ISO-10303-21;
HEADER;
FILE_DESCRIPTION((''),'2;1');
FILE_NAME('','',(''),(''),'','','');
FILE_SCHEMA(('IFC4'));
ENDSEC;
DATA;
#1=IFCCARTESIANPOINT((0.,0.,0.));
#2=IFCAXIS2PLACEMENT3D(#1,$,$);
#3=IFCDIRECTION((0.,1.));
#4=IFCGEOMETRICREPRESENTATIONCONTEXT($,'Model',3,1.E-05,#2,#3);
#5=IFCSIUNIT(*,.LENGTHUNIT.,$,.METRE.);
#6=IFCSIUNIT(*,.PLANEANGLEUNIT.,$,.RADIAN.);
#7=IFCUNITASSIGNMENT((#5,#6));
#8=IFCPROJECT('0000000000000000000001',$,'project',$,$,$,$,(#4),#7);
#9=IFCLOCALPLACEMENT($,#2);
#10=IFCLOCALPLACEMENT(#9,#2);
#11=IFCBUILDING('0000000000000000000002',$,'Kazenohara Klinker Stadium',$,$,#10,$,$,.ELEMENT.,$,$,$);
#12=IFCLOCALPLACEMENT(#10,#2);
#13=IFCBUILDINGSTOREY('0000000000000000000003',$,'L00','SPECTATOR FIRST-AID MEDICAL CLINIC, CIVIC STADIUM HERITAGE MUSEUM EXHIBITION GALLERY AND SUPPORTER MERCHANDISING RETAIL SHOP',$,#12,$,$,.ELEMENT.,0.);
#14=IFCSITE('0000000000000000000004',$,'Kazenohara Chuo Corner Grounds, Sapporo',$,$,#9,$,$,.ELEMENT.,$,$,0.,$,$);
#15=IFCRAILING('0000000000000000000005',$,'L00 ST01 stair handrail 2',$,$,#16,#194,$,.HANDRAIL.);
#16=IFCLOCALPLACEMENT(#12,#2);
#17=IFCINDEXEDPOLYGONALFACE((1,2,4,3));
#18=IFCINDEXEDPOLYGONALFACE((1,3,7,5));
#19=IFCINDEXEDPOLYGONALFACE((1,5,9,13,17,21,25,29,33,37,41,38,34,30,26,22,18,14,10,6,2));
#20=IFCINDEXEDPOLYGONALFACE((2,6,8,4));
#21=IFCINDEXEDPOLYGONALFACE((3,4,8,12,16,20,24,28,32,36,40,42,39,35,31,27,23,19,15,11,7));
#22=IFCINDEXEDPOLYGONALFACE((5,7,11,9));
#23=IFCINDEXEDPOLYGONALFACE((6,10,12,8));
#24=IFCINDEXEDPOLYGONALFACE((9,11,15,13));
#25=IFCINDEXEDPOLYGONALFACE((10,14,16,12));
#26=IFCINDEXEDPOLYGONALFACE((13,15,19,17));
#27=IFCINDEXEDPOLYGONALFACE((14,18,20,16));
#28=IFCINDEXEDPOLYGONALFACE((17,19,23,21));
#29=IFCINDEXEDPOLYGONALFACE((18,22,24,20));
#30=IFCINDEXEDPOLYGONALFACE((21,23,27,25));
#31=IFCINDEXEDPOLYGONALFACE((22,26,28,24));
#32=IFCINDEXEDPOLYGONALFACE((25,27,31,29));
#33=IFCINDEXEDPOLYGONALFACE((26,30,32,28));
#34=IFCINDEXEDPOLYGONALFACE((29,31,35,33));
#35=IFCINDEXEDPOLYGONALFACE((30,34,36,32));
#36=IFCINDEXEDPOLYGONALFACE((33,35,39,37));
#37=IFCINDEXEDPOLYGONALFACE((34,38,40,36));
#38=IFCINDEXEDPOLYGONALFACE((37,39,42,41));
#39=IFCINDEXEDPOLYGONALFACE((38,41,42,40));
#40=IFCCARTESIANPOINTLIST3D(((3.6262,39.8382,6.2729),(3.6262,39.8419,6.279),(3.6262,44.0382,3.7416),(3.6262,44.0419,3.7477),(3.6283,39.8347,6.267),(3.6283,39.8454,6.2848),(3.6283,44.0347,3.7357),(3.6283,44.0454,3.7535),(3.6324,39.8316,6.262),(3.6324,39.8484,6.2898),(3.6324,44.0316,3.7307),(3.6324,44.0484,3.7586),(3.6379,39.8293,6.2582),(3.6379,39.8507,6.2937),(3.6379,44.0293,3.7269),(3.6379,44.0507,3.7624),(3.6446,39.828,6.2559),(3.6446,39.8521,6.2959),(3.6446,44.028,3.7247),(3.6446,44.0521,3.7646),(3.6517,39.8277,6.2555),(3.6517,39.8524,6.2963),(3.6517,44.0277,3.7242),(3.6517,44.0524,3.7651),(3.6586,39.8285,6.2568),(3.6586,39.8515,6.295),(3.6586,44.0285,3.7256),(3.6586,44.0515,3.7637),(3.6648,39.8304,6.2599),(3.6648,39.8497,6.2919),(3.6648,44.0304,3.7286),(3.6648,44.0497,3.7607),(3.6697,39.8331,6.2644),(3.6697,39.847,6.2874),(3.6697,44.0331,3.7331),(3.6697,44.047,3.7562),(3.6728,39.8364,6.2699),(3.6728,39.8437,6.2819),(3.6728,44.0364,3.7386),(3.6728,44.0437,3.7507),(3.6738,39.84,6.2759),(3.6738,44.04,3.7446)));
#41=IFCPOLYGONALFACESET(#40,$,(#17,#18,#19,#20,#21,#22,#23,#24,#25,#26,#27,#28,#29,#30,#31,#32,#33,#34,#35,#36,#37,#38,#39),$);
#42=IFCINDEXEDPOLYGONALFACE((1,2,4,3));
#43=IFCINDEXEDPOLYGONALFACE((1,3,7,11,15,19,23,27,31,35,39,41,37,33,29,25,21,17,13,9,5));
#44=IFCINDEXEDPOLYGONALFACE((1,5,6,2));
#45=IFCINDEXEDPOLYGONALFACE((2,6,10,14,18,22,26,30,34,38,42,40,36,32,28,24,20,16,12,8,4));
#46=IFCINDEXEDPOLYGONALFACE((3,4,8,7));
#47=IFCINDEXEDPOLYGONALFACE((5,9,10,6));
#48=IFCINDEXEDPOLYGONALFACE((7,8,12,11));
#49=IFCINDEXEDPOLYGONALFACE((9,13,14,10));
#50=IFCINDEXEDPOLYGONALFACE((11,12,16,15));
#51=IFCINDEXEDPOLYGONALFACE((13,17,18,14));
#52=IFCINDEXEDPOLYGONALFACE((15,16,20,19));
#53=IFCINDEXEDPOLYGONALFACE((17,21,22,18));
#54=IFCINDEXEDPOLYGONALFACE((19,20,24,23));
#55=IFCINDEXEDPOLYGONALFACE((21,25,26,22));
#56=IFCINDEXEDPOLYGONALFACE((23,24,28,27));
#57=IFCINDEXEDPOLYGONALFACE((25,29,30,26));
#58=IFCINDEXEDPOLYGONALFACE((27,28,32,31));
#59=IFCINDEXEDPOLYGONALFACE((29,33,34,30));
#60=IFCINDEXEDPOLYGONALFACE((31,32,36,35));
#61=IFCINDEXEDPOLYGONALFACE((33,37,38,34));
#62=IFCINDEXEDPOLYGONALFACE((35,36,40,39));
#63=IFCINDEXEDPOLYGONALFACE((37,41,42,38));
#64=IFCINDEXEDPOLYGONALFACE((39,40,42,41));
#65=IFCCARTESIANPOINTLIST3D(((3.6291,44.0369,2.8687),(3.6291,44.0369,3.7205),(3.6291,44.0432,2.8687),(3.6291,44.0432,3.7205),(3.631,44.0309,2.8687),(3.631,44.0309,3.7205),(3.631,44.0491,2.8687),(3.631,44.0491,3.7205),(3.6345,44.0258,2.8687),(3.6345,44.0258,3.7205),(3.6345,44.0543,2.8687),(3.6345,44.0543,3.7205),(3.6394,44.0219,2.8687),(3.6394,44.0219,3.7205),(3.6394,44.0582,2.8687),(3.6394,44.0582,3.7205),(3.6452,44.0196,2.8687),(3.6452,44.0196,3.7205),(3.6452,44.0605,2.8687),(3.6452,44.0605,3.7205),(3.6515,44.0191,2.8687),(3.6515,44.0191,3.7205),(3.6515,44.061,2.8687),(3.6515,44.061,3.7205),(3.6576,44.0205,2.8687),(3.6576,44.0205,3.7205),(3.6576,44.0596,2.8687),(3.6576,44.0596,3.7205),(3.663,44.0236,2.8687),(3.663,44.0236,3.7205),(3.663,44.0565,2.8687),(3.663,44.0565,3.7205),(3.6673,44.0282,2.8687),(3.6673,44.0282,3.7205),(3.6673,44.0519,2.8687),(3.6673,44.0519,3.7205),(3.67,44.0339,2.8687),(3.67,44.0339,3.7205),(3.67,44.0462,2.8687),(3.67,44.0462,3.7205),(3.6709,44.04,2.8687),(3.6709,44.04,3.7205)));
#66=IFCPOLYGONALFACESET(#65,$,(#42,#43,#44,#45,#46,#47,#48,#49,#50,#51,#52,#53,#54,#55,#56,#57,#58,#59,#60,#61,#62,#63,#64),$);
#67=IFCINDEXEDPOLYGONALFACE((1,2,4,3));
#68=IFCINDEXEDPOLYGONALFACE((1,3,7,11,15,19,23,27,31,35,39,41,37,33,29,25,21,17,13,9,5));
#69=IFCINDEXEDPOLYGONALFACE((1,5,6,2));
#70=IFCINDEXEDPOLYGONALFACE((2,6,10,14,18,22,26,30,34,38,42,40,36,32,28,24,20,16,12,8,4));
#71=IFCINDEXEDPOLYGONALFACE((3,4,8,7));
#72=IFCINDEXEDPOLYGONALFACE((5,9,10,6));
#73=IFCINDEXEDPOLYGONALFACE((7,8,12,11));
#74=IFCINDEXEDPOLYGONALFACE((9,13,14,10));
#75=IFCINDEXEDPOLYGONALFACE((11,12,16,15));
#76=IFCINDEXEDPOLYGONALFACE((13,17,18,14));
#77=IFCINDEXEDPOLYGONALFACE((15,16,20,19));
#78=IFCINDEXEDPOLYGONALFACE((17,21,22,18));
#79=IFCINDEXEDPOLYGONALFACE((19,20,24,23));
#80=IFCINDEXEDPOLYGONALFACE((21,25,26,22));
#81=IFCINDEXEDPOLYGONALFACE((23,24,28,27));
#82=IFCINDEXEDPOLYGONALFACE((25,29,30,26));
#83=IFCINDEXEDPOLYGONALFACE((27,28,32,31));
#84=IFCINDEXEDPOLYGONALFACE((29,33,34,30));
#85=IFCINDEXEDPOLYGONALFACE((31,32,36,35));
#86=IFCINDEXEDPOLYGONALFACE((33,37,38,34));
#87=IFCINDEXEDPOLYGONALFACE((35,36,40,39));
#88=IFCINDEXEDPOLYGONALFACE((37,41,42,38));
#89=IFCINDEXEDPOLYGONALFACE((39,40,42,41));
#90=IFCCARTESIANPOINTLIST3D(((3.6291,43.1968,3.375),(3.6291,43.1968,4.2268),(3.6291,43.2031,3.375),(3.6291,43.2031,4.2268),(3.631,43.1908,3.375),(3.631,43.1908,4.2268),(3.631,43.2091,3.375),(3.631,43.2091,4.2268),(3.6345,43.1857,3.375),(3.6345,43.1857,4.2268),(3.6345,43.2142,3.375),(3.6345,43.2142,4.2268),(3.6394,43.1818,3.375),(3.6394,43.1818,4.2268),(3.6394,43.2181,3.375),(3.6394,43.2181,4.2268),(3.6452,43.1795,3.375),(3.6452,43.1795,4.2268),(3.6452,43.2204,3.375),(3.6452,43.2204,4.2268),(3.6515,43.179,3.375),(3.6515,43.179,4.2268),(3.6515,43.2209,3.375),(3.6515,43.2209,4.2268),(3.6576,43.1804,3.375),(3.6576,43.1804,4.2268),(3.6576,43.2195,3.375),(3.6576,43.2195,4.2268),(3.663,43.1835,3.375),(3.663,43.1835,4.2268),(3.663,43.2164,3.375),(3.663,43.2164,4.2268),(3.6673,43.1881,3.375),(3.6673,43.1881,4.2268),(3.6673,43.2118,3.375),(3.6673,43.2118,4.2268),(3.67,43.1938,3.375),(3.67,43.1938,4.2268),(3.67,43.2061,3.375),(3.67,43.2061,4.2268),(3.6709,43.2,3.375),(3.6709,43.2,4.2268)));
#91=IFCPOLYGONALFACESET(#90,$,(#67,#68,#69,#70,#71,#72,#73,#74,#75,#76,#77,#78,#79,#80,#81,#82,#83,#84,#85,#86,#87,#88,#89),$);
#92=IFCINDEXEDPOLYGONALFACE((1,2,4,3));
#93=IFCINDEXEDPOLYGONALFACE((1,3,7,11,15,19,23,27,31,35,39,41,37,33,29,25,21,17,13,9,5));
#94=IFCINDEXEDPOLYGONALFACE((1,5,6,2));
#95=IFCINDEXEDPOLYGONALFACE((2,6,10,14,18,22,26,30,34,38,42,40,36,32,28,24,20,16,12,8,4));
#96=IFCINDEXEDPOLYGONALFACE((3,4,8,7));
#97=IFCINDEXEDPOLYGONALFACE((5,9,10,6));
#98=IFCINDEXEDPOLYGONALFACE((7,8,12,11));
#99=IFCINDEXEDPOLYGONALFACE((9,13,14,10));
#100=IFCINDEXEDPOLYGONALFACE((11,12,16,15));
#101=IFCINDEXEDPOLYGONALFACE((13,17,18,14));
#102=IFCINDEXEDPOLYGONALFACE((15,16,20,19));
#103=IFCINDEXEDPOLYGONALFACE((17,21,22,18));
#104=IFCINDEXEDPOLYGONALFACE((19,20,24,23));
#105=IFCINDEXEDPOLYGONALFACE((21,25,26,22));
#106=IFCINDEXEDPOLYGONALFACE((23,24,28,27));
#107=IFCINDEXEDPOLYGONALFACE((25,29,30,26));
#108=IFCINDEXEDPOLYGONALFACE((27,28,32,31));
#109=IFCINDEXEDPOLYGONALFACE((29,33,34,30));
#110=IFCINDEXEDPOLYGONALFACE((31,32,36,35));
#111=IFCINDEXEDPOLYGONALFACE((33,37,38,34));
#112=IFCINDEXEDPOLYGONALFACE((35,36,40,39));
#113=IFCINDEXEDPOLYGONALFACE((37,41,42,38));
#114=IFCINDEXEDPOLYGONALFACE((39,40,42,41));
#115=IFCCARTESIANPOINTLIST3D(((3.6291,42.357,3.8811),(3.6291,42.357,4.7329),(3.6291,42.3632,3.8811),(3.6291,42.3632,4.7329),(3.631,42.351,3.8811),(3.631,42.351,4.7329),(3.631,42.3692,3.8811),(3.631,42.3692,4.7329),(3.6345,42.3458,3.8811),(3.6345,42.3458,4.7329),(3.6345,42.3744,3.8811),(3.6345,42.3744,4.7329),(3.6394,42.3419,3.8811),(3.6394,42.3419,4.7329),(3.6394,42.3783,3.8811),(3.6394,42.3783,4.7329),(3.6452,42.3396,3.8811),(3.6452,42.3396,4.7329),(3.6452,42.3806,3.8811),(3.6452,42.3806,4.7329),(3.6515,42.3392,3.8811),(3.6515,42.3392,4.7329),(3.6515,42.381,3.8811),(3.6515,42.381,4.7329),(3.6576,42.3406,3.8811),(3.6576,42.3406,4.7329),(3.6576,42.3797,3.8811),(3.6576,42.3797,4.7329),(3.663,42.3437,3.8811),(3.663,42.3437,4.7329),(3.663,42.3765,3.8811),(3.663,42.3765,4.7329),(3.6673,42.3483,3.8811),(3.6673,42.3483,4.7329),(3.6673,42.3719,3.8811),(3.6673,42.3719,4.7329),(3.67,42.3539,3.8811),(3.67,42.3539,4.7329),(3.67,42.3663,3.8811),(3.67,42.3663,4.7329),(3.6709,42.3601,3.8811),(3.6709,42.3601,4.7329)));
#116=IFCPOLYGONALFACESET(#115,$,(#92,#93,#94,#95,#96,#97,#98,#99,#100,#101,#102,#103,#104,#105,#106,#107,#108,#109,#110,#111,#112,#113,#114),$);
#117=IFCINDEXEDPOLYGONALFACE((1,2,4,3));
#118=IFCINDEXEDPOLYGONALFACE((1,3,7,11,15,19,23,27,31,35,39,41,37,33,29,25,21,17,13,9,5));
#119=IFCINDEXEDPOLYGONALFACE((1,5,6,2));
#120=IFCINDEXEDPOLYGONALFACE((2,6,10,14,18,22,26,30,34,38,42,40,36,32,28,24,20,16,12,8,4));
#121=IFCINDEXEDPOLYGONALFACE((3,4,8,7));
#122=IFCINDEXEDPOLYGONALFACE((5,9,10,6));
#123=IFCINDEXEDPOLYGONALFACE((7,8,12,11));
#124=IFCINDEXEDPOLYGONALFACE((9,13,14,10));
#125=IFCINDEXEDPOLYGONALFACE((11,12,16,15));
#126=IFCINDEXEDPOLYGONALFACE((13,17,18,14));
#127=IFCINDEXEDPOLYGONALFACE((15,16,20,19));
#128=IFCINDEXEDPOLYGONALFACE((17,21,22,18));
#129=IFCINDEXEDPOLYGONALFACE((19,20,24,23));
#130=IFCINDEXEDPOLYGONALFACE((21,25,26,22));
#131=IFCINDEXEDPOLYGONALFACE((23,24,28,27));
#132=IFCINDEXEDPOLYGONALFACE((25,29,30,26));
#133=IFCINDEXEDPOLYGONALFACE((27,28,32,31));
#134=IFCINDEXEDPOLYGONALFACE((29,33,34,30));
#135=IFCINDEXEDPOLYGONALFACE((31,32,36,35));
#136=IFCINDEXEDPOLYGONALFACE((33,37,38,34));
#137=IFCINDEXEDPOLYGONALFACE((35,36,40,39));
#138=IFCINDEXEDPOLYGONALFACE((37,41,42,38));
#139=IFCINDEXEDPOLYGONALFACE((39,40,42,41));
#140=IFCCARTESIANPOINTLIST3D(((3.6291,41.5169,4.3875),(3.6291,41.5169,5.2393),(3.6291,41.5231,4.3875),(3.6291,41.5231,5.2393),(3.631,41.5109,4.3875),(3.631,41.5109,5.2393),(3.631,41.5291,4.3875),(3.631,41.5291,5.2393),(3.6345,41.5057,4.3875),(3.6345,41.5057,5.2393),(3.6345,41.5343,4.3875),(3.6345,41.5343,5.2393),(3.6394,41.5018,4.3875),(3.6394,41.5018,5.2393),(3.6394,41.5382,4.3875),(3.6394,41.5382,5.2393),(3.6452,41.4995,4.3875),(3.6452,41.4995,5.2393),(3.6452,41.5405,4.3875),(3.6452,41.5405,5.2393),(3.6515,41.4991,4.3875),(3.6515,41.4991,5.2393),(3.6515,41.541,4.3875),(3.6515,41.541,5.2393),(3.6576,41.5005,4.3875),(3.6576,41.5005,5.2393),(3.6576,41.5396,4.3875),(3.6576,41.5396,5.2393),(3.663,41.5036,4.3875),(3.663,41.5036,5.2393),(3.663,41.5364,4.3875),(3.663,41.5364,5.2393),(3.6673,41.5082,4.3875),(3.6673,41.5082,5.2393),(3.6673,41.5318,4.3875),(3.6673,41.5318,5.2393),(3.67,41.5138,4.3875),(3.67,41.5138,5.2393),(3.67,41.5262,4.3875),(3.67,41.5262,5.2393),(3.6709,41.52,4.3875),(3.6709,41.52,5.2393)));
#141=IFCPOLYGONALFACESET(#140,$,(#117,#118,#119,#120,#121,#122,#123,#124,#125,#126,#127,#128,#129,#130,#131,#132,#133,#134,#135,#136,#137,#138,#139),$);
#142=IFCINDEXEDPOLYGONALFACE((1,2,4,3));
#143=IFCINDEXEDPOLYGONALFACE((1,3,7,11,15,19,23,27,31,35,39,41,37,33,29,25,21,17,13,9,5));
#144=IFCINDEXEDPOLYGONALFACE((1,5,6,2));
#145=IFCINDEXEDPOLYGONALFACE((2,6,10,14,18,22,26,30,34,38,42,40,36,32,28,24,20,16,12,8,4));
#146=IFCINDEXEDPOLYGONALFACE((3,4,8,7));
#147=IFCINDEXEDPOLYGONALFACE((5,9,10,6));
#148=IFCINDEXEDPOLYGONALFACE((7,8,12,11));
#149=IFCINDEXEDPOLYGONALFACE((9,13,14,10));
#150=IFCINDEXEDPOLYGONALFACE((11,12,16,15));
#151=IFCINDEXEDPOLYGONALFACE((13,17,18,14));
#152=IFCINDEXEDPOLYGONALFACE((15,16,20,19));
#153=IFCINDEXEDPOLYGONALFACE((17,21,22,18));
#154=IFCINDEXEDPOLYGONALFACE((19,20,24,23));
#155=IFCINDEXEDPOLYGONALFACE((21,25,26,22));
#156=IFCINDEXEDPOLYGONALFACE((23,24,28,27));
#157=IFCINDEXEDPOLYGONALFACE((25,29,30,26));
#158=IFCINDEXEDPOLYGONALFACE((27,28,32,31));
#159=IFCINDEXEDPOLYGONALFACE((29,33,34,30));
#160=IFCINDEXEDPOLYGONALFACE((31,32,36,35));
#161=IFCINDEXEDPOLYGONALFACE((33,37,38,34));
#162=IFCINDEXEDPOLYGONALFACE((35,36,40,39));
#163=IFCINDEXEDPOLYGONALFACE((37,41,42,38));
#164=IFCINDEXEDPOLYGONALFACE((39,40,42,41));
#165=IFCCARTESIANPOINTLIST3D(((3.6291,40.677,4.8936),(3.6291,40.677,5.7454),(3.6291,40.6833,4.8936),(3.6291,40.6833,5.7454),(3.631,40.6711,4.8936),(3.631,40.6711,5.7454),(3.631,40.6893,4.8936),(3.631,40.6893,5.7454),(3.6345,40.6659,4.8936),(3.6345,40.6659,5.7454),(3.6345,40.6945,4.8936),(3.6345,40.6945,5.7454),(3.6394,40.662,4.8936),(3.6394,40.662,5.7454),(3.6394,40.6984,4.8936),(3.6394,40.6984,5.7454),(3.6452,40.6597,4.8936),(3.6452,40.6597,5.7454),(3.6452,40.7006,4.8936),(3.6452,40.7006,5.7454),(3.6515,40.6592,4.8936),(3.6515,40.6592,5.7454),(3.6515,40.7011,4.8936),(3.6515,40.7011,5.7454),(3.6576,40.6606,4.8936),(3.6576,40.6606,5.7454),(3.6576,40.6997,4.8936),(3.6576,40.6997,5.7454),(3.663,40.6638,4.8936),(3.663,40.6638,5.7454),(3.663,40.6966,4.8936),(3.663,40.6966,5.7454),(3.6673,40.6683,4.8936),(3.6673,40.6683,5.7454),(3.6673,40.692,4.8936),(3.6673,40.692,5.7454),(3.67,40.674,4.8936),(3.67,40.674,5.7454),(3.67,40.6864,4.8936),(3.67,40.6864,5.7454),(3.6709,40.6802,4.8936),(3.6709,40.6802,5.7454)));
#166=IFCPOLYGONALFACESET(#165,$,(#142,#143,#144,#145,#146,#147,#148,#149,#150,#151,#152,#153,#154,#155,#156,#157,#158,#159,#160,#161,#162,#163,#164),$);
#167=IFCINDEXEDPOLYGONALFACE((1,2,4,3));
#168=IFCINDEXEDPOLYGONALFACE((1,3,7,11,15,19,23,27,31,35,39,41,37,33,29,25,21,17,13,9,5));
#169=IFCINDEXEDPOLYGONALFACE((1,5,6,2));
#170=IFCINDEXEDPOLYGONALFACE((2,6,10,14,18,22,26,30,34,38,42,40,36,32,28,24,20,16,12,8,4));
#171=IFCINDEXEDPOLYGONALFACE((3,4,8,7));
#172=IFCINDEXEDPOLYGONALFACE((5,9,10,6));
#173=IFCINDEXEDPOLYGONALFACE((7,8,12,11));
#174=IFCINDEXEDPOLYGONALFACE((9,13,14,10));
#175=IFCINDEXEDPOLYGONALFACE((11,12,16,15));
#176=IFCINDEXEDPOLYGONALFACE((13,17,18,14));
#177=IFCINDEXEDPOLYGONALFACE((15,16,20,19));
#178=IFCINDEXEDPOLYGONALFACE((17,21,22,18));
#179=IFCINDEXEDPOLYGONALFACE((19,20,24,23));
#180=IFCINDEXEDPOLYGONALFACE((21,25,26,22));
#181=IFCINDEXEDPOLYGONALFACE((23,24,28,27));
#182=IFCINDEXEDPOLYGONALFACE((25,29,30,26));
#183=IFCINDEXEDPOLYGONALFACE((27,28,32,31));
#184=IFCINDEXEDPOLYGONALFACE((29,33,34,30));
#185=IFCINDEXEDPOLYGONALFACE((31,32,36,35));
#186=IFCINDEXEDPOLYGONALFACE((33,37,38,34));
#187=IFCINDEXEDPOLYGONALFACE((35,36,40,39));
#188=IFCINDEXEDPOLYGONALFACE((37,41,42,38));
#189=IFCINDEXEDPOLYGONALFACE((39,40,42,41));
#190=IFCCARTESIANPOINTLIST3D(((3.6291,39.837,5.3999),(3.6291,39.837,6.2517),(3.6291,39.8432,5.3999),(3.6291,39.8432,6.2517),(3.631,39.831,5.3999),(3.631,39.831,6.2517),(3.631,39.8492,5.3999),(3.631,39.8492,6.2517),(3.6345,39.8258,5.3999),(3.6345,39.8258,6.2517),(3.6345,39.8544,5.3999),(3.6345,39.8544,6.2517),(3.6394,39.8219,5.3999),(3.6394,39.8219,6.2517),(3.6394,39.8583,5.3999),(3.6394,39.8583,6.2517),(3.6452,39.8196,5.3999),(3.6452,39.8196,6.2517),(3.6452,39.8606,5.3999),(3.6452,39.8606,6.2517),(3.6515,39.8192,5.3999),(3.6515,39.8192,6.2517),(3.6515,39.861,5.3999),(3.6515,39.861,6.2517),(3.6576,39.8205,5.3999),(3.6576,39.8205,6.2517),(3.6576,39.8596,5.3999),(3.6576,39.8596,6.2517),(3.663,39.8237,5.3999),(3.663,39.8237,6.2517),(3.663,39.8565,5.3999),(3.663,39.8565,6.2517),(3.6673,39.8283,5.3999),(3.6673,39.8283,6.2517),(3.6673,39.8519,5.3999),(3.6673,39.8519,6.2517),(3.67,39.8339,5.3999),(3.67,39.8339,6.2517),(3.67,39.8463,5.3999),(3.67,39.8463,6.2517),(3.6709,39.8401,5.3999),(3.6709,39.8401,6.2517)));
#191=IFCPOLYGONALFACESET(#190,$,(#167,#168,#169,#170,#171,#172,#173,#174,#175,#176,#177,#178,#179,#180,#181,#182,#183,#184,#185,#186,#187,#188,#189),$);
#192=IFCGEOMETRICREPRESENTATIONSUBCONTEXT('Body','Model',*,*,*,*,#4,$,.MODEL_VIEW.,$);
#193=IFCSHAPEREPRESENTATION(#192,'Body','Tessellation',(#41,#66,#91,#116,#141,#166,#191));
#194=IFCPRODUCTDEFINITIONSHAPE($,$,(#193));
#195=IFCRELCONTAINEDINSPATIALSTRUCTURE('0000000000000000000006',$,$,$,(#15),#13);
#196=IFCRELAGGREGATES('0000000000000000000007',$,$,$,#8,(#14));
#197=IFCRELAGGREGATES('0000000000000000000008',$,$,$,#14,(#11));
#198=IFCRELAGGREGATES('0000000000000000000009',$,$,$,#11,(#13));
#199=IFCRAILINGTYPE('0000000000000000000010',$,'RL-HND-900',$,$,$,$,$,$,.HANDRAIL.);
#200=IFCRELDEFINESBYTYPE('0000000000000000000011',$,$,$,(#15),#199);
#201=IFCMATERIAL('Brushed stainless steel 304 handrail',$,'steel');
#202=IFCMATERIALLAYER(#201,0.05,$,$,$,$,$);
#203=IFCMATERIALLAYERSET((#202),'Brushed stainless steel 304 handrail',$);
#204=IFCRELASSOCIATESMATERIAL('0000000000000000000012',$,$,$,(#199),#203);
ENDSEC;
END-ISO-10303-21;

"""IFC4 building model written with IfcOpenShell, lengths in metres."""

from ifc_helpers import new_model, si_unit, direction, frame, origin, origin_2d, place, context, subcontext, project, spatial, circle, extrude, material, layer, layer_set, type_object, element, save


model = new_model("IFC4")

# Units and contexts
model_context = context("Model", 3, precision=1e-05, world=origin(), true_north=direction((0.0, 1.0)))
body_context = subcontext(model_context, "Body", "Model", "MODEL_VIEW")
ifc_project = project(units=[si_unit("LENGTHUNIT", "METRE"), si_unit("PLANEANGLEUNIT", "RADIAN")], contexts=[model_context])

# Site, building, storey
site_placement = place(None, origin())
site = spatial("IfcSite", under=ifc_project, at=site_placement, Name="Kazenohara Chuo Corner Grounds, Sapporo", CompositionType="ELEMENT", RefElevation=0.0)
building_placement = place(site_placement, origin())
building = spatial("IfcBuilding", under=site, at=building_placement, Name="Kazenohara Klinker Stadium", CompositionType="ELEMENT")
storey_placement = place(building_placement, origin())
storey = spatial("IfcBuildingStorey", under=building, at=storey_placement, Name="L00", Description="SPECTATOR FIRST-AID MEDICAL CLINIC, CIVIC STADIUM HERITAGE MUSEUM EXHIBITION GALLERY AND SUPPORTER MERCHANDISING RETAIL SHOP", CompositionType="ELEMENT", Elevation=0.0)

# Railing
ifc_material_1 = material(Name="Brushed stainless steel 304 handrail", Category="steel")
ifc_layer_1 = layer(ifc_material_1, 0.05)
ifc_layer_set_1 = layer_set([ifc_layer_1], Name="Brushed stainless steel 304 handrail")
railing_type_1 = type_object("IfcRailingType", Name="RL-HND-900", PredefinedType="HANDRAIL", material=ifc_layer_set_1)
railing_1_placement = place(storey_placement, frame((3.6499, 44.04, 2.8687)))
element("IfcRailing", 1, at=railing_1_placement, inside=storey, type_object=railing_type_1, Name="L00 ST01 stair handrail 2", PredefinedType="HANDRAIL", context=body_context, shape_type="SweptSolid", body=[
    extrude(circle(Radius=0.0239, at=origin_2d()), frame((0.0, 0.0, 0.876), z_axis=(0.0, -0.856476, 0.516186), x_axis=(1.0, 0.0, 0.0)), (0.0, 0.0, 1.0), 4.9038),
    extrude(circle(Radius=0.021, at=origin_2d()), origin(), (0.0, 0.0, 1.0), 0.8518),
    extrude(circle(Radius=0.021, at=origin_2d()), frame((0.0, -0.8401, 0.5063)), (0.0, 0.0, 1.0), 0.8518),
    extrude(circle(Radius=0.021, at=origin_2d()), frame((0.0, -1.6799, 1.0125)), (0.0, 0.0, 1.0), 0.8518),
    extrude(circle(Radius=0.021, at=origin_2d()), frame((0.0, -2.52, 1.5188)), (0.0, 0.0, 1.0), 0.8518),
    extrude(circle(Radius=0.021, at=origin_2d()), frame((0.0, -3.3599, 2.0249)), (0.0, 0.0, 1.0), 0.8518),
    extrude(circle(Radius=0.021, at=origin_2d()), frame((0.0, -4.2, 2.5312)), (0.0, 0.0, 1.0), 0.8518),
])

save(model, "model.ifc")
